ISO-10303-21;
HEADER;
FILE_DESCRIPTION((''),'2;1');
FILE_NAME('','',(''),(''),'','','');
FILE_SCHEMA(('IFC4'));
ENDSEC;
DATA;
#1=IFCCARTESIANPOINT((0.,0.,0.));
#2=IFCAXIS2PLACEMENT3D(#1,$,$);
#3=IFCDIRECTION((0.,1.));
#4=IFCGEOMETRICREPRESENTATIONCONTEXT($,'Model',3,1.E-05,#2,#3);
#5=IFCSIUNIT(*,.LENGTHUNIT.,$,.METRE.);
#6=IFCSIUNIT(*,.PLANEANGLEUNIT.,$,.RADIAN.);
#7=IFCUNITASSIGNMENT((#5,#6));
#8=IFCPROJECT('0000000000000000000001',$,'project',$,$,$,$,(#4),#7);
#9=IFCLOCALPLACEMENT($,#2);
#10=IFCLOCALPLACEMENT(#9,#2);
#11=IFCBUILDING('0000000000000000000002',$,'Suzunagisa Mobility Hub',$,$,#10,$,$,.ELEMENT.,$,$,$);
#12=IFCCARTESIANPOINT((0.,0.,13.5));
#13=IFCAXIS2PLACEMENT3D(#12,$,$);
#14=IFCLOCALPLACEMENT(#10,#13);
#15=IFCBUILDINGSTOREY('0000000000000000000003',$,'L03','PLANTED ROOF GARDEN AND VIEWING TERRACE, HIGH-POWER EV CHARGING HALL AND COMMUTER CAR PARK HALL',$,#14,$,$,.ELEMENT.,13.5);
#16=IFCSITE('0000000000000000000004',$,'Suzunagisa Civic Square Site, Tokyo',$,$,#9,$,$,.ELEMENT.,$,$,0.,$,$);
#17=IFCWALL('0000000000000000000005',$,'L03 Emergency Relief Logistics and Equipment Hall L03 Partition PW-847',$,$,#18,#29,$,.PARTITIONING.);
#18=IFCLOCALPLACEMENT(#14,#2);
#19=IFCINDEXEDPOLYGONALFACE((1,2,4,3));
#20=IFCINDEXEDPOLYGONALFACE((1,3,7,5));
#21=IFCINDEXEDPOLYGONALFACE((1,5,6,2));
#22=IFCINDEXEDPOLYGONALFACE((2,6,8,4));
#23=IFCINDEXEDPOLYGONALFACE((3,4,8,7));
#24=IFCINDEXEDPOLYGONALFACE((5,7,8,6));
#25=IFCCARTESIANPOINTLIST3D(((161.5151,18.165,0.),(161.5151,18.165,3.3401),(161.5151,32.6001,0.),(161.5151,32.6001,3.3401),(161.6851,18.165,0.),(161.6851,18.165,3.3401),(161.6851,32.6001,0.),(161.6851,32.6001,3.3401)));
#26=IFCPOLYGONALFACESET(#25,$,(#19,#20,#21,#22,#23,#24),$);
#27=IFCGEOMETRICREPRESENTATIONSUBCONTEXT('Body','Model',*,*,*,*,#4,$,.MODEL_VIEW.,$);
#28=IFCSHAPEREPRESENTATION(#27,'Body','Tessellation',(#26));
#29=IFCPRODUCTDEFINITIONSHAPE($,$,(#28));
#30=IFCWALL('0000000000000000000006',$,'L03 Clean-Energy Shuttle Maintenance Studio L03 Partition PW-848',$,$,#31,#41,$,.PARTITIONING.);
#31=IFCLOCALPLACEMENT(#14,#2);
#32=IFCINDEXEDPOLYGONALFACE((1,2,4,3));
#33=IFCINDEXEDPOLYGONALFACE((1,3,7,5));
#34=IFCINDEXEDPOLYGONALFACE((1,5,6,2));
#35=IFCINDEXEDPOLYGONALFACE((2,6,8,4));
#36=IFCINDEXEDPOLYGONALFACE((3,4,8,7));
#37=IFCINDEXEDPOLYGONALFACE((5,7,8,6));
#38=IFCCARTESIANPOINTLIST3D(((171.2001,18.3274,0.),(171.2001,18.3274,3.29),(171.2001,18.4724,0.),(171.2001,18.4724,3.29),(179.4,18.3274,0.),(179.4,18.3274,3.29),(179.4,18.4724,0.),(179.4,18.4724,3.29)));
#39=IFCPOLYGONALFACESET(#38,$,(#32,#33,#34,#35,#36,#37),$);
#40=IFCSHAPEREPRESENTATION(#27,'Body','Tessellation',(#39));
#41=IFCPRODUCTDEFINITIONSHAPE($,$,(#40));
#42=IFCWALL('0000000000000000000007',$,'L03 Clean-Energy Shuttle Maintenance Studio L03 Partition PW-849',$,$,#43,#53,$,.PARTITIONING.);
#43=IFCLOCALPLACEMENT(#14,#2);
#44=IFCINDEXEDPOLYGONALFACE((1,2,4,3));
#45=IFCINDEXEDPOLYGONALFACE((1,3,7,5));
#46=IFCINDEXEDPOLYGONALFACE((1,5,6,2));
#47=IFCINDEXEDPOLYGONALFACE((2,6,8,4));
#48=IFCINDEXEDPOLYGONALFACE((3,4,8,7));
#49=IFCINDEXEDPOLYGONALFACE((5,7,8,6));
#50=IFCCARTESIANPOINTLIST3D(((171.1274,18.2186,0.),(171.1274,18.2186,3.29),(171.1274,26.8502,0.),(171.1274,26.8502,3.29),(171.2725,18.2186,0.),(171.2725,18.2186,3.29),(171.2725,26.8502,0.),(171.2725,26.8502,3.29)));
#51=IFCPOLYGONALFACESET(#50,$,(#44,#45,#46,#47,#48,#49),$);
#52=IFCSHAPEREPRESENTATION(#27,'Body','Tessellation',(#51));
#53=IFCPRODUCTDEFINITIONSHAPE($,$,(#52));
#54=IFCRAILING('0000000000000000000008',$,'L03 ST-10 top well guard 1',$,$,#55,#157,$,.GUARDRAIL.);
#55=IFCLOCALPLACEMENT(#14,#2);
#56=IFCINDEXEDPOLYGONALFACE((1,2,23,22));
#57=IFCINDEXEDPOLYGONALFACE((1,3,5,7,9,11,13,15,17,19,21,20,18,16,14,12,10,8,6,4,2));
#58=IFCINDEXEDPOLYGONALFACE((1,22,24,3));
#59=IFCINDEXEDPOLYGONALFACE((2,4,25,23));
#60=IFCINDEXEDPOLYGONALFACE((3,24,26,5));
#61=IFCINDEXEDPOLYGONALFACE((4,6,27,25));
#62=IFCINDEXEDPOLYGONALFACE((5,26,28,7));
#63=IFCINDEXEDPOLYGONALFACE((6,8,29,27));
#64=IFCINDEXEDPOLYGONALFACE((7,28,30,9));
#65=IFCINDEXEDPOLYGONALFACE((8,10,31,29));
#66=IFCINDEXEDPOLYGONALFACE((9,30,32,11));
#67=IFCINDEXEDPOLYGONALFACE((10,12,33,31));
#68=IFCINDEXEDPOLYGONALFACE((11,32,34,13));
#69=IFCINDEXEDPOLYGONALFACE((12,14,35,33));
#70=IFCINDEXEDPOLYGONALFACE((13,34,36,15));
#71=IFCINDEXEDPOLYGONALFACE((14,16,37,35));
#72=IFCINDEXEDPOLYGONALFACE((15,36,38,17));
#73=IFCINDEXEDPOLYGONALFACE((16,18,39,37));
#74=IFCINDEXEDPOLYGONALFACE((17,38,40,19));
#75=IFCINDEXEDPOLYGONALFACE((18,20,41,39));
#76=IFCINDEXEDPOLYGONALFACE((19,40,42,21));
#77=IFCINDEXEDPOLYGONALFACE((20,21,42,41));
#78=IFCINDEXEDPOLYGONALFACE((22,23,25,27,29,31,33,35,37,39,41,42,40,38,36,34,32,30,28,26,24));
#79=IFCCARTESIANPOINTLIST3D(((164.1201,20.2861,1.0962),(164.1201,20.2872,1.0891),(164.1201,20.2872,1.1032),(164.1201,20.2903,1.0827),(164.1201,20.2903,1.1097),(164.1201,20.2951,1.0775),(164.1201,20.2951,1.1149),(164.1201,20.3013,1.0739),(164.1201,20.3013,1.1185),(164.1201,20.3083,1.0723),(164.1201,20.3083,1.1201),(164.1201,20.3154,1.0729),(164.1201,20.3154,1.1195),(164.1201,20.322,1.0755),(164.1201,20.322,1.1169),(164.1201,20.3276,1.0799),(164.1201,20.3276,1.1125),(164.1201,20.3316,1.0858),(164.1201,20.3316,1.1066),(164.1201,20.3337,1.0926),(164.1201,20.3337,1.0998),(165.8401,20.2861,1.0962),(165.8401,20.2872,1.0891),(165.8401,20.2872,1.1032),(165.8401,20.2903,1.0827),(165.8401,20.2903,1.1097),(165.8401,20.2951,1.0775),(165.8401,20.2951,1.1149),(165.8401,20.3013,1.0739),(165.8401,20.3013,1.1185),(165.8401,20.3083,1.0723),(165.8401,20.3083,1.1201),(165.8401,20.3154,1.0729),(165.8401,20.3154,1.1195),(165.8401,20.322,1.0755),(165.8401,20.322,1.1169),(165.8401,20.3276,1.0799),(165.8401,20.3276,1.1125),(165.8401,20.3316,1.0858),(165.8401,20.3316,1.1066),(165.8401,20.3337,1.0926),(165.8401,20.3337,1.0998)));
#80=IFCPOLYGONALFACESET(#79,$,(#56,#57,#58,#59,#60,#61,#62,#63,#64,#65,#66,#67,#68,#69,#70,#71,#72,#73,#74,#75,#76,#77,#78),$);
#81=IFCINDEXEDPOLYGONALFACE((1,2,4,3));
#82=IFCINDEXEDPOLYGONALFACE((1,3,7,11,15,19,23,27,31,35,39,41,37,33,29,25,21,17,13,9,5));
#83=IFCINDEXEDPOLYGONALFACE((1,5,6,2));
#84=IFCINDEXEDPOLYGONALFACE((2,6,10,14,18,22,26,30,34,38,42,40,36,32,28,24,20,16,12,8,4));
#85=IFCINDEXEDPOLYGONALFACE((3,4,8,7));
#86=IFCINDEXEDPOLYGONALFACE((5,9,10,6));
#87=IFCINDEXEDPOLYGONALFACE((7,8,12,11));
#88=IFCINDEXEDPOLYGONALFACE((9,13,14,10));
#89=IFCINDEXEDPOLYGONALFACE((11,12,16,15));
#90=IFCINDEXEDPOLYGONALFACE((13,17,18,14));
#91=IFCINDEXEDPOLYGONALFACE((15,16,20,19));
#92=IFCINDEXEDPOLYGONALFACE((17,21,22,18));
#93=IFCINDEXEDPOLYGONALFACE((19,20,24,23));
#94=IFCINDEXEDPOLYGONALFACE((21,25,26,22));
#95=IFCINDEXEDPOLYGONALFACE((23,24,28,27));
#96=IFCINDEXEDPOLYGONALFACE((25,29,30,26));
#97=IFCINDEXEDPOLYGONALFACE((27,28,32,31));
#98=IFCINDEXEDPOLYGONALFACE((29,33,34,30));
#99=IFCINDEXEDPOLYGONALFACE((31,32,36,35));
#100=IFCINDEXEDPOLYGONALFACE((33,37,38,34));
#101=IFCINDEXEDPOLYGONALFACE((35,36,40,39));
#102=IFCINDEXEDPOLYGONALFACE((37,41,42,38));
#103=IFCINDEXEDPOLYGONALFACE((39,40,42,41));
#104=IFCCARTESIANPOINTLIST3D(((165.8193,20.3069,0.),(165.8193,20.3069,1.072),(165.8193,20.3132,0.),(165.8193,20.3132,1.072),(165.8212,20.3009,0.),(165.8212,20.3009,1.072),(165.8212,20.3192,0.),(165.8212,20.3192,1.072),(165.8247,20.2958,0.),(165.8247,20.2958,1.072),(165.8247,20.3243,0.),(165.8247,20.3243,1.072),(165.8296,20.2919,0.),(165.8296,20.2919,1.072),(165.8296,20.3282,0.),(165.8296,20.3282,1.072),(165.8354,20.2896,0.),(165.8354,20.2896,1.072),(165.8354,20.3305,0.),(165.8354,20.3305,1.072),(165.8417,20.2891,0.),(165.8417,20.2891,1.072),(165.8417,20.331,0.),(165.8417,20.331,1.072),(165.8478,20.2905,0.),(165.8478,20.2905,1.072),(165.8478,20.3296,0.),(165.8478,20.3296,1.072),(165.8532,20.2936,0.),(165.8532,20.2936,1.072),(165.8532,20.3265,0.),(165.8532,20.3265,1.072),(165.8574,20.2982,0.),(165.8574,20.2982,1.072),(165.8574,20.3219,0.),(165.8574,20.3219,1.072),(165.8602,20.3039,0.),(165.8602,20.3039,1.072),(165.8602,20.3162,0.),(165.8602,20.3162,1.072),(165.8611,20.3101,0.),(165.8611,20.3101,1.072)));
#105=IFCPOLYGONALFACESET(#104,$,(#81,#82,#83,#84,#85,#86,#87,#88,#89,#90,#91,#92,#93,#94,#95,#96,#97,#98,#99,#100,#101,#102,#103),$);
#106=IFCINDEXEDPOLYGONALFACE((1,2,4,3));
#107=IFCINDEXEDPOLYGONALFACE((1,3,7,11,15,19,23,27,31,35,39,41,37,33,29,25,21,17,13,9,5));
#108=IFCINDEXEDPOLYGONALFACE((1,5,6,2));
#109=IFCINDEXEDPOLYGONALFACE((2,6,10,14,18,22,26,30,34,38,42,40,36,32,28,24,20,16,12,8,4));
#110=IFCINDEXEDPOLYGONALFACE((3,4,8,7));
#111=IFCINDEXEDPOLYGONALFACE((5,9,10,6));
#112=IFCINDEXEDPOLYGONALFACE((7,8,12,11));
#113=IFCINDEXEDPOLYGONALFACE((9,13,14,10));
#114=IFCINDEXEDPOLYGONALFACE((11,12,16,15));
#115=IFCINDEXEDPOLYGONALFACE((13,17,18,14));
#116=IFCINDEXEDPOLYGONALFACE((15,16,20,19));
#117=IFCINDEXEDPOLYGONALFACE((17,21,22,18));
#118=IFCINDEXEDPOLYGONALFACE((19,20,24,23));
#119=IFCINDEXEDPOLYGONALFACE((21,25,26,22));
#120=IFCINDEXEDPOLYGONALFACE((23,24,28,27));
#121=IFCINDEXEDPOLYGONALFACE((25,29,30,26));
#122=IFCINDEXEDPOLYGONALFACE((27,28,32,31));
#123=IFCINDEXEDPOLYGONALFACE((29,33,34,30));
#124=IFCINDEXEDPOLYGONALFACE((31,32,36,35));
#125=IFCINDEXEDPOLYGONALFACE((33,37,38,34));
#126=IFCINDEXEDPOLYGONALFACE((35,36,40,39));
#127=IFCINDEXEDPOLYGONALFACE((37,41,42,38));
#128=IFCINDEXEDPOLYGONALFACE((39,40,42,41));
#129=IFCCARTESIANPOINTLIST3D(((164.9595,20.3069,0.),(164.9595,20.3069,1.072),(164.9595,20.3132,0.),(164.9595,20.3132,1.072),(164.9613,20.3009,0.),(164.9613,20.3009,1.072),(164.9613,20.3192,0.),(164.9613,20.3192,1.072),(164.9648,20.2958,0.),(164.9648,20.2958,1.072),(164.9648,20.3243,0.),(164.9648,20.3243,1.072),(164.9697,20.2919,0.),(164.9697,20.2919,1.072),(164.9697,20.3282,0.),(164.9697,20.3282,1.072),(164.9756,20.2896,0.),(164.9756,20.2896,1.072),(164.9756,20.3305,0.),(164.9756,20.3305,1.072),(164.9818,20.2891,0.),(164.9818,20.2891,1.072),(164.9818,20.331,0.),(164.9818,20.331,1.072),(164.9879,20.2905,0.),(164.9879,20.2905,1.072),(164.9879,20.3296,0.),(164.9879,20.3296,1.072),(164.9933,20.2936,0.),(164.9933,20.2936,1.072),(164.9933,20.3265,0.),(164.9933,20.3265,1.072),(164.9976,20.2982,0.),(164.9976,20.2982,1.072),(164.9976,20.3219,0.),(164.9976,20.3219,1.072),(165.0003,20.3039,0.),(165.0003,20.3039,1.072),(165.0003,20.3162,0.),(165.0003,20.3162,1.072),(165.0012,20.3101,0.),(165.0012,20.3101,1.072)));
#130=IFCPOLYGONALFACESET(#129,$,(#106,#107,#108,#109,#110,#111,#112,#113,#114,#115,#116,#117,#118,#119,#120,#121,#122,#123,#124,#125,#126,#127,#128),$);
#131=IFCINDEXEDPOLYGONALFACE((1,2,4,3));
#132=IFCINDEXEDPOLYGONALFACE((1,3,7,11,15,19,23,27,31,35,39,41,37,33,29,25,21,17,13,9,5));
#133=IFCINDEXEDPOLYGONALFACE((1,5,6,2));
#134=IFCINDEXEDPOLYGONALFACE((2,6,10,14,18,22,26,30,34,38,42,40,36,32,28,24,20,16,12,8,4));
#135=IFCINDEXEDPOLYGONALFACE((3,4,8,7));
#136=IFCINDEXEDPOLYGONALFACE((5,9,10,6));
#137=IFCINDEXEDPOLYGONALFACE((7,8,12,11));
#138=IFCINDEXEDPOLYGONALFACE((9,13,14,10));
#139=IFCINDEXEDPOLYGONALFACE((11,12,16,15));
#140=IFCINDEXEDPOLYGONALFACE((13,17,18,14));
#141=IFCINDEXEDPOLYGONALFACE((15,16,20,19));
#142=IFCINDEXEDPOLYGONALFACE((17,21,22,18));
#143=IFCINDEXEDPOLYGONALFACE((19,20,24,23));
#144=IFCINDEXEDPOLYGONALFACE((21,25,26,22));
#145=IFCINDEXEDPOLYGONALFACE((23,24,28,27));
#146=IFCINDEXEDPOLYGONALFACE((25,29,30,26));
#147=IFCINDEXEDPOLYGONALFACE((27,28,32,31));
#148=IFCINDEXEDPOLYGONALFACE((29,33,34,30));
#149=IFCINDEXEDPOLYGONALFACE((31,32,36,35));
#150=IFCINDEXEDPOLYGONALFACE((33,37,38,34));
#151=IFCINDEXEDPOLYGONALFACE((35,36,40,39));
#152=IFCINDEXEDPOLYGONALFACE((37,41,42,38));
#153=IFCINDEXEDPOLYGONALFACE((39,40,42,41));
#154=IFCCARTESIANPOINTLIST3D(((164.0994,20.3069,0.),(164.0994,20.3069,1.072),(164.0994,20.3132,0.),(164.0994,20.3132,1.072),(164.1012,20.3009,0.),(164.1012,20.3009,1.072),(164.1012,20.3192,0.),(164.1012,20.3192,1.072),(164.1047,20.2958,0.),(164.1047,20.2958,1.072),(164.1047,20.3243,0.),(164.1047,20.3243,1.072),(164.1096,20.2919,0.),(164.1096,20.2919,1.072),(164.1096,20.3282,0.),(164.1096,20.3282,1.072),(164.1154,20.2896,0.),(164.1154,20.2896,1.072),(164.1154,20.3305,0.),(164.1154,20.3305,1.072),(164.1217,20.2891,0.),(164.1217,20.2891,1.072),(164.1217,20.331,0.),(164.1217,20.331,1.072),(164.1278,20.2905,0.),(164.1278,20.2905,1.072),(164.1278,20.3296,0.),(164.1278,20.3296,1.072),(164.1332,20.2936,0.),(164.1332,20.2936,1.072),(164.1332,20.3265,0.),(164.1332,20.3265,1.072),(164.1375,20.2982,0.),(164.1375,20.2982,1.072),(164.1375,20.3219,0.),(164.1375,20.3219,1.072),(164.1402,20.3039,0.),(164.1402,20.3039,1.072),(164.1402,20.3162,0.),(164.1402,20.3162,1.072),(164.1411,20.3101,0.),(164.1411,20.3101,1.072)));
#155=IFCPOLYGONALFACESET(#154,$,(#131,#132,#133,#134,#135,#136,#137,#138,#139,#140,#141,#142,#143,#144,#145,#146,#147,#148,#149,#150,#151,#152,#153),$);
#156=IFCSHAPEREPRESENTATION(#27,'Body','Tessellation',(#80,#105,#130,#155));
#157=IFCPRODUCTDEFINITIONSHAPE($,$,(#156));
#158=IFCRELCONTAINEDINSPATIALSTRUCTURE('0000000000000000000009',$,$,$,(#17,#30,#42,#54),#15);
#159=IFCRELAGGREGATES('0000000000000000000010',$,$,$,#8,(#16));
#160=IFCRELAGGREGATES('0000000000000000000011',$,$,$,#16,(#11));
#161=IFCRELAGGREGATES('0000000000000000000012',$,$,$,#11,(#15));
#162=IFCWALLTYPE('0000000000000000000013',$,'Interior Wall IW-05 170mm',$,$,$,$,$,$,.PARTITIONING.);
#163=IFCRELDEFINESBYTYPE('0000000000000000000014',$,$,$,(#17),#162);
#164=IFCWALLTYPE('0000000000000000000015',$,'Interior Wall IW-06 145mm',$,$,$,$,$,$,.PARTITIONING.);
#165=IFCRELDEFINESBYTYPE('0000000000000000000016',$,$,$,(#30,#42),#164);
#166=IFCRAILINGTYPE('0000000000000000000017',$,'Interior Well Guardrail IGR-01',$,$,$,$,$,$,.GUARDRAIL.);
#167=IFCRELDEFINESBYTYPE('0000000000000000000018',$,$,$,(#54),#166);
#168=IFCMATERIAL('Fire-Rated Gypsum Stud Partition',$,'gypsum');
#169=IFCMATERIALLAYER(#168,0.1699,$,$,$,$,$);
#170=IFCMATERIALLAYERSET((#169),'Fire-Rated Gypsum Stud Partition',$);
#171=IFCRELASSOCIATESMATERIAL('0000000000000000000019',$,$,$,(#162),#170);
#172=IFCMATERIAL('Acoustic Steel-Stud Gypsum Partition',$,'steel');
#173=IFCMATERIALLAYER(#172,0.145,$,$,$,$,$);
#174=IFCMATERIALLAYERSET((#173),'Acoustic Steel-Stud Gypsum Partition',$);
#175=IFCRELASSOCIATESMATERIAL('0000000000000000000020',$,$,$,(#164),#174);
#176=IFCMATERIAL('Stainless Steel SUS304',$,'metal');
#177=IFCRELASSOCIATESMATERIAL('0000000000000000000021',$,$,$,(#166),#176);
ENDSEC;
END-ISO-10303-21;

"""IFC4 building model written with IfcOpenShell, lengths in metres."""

from ifc_helpers import new_model, si_unit, direction, frame, frame_2d, origin, origin_2d, place, context, subcontext, project, spatial, rectangle, circle, extrude, material, layer, layer_set, type_object, element, save


model = new_model("IFC4")

# Units and contexts
model_context = context("Model", 3, precision=1e-05, world=origin(), true_north=direction((0.0, 1.0)))
body_context = subcontext(model_context, "Body", "Model", "MODEL_VIEW")
ifc_project = project(units=[si_unit("LENGTHUNIT", "METRE"), si_unit("PLANEANGLEUNIT", "RADIAN")], contexts=[model_context])

# Site, building, storey
site_placement = place(None, origin())
site = spatial("IfcSite", under=ifc_project, at=site_placement, Name="Suzunagisa Civic Square Site, Tokyo", CompositionType="ELEMENT", RefElevation=0.0)
building_placement = place(site_placement, origin())
building = spatial("IfcBuilding", under=site, at=building_placement, Name="Suzunagisa Mobility Hub", CompositionType="ELEMENT")
storey_placement = place(building_placement, frame((0.0, 0.0, 13.5)))
storey = spatial("IfcBuildingStorey", under=building, at=storey_placement, Name="L03", Description="PLANTED ROOF GARDEN AND VIEWING TERRACE, HIGH-POWER EV CHARGING HALL AND COMMUTER CAR PARK HALL", CompositionType="ELEMENT", Elevation=13.5)

# Walls
ifc_material_1 = material(Name="Fire-Rated Gypsum Stud Partition", Category="gypsum")
ifc_layer_1 = layer(ifc_material_1, 0.1699)
ifc_layer_set_1 = layer_set([ifc_layer_1], Name="Fire-Rated Gypsum Stud Partition")
wall_type_1 = type_object("IfcWallType", Name="Interior Wall IW-05 170mm", PredefinedType="PARTITIONING", material=ifc_layer_set_1)
wall_1_placement = place(storey_placement, frame((161.6001, 18.165, 0.0), z_axis=(0.0, 0.0, 1.0), x_axis=(0.0, 1.0, 0.0)))
element("IfcWall", 1, at=wall_1_placement, inside=storey, type_object=wall_type_1, Name="L03 Emergency Relief Logistics and Equipment Hall L03 Partition PW-847", PredefinedType="PARTITIONING", context=body_context, shape_type="SweptSolid", body=[
    extrude(rectangle(XDim=14.4351, YDim=0.1699, at=frame_2d((7.2175, 0.0))), origin(), (0.0, 0.0, 1.0), 3.3401),
])
ifc_material_2 = material(Name="Acoustic Steel-Stud Gypsum Partition", Category="steel")
ifc_layer_2 = layer(ifc_material_2, 0.145)
ifc_layer_set_2 = layer_set([ifc_layer_2], Name="Acoustic Steel-Stud Gypsum Partition")
wall_type_2 = type_object("IfcWallType", Name="Interior Wall IW-06 145mm", PredefinedType="PARTITIONING", material=ifc_layer_set_2)
wall_2_placement = place(storey_placement, frame((171.2, 18.3999, 0.0), z_axis=(0.0, 0.0, 1.0), x_axis=(1.0, 0.0, 0.0)))
element("IfcWall", 2, at=wall_2_placement, inside=storey, type_object=wall_type_2, Name="L03 Clean-Energy Shuttle Maintenance Studio L03 Partition PW-848", PredefinedType="PARTITIONING", context=body_context, shape_type="SweptSolid", body=[
    extrude(rectangle(XDim=8.2, YDim=0.145, at=frame_2d((4.1001, 0.0))), origin(), (0.0, 0.0, 1.0), 3.29),
])
wall_3_placement = place(storey_placement, frame((171.2, 18.2185, 0.0), z_axis=(0.0, 0.0, 1.0), x_axis=(0.0, 1.0, 0.0)))
element("IfcWall", 3, at=wall_3_placement, inside=storey, type_object=wall_type_2, Name="L03 Clean-Energy Shuttle Maintenance Studio L03 Partition PW-849", PredefinedType="PARTITIONING", context=body_context, shape_type="SweptSolid", body=[
    extrude(rectangle(XDim=8.6316, YDim=0.145, at=frame_2d((4.3159, 0.0))), origin(), (0.0, 0.0, 1.0), 3.29),
])

# Railing
ifc_material_3 = material(Name="Stainless Steel SUS304", Category="metal")
railing_type = type_object("IfcRailingType", Name="Interior Well Guardrail IGR-01", PredefinedType="GUARDRAIL", material=ifc_material_3)
railing_placement = place(storey_placement, frame((165.8401, 20.3101, 0.0)))
element("IfcRailing", 4, at=railing_placement, inside=storey, type_object=railing_type, Name="L03 ST-10 top well guard 1", PredefinedType="GUARDRAIL", context=body_context, shape_type="SweptSolid", body=[
    extrude(circle(Radius=0.0239, at=origin_2d()), frame((0.0, 0.0, 1.0962), z_axis=(-1.0, 0.0, 0.0), x_axis=(0.0, -1.0, 0.0)), (0.0, 0.0, 1.0), 1.72),
    extrude(circle(Radius=0.021, at=origin_2d()), origin(), (0.0, 0.0, 1.0), 1.072),
    extrude(circle(Radius=0.021, at=origin_2d()), frame((-0.8599, 0.0, 0.0)), (0.0, 0.0, 1.0), 1.072),
    extrude(circle(Radius=0.021, at=origin_2d()), frame((-1.72, 0.0, 0.0)), (0.0, 0.0, 1.0), 1.072),
])

save(model, "model.ifc")
